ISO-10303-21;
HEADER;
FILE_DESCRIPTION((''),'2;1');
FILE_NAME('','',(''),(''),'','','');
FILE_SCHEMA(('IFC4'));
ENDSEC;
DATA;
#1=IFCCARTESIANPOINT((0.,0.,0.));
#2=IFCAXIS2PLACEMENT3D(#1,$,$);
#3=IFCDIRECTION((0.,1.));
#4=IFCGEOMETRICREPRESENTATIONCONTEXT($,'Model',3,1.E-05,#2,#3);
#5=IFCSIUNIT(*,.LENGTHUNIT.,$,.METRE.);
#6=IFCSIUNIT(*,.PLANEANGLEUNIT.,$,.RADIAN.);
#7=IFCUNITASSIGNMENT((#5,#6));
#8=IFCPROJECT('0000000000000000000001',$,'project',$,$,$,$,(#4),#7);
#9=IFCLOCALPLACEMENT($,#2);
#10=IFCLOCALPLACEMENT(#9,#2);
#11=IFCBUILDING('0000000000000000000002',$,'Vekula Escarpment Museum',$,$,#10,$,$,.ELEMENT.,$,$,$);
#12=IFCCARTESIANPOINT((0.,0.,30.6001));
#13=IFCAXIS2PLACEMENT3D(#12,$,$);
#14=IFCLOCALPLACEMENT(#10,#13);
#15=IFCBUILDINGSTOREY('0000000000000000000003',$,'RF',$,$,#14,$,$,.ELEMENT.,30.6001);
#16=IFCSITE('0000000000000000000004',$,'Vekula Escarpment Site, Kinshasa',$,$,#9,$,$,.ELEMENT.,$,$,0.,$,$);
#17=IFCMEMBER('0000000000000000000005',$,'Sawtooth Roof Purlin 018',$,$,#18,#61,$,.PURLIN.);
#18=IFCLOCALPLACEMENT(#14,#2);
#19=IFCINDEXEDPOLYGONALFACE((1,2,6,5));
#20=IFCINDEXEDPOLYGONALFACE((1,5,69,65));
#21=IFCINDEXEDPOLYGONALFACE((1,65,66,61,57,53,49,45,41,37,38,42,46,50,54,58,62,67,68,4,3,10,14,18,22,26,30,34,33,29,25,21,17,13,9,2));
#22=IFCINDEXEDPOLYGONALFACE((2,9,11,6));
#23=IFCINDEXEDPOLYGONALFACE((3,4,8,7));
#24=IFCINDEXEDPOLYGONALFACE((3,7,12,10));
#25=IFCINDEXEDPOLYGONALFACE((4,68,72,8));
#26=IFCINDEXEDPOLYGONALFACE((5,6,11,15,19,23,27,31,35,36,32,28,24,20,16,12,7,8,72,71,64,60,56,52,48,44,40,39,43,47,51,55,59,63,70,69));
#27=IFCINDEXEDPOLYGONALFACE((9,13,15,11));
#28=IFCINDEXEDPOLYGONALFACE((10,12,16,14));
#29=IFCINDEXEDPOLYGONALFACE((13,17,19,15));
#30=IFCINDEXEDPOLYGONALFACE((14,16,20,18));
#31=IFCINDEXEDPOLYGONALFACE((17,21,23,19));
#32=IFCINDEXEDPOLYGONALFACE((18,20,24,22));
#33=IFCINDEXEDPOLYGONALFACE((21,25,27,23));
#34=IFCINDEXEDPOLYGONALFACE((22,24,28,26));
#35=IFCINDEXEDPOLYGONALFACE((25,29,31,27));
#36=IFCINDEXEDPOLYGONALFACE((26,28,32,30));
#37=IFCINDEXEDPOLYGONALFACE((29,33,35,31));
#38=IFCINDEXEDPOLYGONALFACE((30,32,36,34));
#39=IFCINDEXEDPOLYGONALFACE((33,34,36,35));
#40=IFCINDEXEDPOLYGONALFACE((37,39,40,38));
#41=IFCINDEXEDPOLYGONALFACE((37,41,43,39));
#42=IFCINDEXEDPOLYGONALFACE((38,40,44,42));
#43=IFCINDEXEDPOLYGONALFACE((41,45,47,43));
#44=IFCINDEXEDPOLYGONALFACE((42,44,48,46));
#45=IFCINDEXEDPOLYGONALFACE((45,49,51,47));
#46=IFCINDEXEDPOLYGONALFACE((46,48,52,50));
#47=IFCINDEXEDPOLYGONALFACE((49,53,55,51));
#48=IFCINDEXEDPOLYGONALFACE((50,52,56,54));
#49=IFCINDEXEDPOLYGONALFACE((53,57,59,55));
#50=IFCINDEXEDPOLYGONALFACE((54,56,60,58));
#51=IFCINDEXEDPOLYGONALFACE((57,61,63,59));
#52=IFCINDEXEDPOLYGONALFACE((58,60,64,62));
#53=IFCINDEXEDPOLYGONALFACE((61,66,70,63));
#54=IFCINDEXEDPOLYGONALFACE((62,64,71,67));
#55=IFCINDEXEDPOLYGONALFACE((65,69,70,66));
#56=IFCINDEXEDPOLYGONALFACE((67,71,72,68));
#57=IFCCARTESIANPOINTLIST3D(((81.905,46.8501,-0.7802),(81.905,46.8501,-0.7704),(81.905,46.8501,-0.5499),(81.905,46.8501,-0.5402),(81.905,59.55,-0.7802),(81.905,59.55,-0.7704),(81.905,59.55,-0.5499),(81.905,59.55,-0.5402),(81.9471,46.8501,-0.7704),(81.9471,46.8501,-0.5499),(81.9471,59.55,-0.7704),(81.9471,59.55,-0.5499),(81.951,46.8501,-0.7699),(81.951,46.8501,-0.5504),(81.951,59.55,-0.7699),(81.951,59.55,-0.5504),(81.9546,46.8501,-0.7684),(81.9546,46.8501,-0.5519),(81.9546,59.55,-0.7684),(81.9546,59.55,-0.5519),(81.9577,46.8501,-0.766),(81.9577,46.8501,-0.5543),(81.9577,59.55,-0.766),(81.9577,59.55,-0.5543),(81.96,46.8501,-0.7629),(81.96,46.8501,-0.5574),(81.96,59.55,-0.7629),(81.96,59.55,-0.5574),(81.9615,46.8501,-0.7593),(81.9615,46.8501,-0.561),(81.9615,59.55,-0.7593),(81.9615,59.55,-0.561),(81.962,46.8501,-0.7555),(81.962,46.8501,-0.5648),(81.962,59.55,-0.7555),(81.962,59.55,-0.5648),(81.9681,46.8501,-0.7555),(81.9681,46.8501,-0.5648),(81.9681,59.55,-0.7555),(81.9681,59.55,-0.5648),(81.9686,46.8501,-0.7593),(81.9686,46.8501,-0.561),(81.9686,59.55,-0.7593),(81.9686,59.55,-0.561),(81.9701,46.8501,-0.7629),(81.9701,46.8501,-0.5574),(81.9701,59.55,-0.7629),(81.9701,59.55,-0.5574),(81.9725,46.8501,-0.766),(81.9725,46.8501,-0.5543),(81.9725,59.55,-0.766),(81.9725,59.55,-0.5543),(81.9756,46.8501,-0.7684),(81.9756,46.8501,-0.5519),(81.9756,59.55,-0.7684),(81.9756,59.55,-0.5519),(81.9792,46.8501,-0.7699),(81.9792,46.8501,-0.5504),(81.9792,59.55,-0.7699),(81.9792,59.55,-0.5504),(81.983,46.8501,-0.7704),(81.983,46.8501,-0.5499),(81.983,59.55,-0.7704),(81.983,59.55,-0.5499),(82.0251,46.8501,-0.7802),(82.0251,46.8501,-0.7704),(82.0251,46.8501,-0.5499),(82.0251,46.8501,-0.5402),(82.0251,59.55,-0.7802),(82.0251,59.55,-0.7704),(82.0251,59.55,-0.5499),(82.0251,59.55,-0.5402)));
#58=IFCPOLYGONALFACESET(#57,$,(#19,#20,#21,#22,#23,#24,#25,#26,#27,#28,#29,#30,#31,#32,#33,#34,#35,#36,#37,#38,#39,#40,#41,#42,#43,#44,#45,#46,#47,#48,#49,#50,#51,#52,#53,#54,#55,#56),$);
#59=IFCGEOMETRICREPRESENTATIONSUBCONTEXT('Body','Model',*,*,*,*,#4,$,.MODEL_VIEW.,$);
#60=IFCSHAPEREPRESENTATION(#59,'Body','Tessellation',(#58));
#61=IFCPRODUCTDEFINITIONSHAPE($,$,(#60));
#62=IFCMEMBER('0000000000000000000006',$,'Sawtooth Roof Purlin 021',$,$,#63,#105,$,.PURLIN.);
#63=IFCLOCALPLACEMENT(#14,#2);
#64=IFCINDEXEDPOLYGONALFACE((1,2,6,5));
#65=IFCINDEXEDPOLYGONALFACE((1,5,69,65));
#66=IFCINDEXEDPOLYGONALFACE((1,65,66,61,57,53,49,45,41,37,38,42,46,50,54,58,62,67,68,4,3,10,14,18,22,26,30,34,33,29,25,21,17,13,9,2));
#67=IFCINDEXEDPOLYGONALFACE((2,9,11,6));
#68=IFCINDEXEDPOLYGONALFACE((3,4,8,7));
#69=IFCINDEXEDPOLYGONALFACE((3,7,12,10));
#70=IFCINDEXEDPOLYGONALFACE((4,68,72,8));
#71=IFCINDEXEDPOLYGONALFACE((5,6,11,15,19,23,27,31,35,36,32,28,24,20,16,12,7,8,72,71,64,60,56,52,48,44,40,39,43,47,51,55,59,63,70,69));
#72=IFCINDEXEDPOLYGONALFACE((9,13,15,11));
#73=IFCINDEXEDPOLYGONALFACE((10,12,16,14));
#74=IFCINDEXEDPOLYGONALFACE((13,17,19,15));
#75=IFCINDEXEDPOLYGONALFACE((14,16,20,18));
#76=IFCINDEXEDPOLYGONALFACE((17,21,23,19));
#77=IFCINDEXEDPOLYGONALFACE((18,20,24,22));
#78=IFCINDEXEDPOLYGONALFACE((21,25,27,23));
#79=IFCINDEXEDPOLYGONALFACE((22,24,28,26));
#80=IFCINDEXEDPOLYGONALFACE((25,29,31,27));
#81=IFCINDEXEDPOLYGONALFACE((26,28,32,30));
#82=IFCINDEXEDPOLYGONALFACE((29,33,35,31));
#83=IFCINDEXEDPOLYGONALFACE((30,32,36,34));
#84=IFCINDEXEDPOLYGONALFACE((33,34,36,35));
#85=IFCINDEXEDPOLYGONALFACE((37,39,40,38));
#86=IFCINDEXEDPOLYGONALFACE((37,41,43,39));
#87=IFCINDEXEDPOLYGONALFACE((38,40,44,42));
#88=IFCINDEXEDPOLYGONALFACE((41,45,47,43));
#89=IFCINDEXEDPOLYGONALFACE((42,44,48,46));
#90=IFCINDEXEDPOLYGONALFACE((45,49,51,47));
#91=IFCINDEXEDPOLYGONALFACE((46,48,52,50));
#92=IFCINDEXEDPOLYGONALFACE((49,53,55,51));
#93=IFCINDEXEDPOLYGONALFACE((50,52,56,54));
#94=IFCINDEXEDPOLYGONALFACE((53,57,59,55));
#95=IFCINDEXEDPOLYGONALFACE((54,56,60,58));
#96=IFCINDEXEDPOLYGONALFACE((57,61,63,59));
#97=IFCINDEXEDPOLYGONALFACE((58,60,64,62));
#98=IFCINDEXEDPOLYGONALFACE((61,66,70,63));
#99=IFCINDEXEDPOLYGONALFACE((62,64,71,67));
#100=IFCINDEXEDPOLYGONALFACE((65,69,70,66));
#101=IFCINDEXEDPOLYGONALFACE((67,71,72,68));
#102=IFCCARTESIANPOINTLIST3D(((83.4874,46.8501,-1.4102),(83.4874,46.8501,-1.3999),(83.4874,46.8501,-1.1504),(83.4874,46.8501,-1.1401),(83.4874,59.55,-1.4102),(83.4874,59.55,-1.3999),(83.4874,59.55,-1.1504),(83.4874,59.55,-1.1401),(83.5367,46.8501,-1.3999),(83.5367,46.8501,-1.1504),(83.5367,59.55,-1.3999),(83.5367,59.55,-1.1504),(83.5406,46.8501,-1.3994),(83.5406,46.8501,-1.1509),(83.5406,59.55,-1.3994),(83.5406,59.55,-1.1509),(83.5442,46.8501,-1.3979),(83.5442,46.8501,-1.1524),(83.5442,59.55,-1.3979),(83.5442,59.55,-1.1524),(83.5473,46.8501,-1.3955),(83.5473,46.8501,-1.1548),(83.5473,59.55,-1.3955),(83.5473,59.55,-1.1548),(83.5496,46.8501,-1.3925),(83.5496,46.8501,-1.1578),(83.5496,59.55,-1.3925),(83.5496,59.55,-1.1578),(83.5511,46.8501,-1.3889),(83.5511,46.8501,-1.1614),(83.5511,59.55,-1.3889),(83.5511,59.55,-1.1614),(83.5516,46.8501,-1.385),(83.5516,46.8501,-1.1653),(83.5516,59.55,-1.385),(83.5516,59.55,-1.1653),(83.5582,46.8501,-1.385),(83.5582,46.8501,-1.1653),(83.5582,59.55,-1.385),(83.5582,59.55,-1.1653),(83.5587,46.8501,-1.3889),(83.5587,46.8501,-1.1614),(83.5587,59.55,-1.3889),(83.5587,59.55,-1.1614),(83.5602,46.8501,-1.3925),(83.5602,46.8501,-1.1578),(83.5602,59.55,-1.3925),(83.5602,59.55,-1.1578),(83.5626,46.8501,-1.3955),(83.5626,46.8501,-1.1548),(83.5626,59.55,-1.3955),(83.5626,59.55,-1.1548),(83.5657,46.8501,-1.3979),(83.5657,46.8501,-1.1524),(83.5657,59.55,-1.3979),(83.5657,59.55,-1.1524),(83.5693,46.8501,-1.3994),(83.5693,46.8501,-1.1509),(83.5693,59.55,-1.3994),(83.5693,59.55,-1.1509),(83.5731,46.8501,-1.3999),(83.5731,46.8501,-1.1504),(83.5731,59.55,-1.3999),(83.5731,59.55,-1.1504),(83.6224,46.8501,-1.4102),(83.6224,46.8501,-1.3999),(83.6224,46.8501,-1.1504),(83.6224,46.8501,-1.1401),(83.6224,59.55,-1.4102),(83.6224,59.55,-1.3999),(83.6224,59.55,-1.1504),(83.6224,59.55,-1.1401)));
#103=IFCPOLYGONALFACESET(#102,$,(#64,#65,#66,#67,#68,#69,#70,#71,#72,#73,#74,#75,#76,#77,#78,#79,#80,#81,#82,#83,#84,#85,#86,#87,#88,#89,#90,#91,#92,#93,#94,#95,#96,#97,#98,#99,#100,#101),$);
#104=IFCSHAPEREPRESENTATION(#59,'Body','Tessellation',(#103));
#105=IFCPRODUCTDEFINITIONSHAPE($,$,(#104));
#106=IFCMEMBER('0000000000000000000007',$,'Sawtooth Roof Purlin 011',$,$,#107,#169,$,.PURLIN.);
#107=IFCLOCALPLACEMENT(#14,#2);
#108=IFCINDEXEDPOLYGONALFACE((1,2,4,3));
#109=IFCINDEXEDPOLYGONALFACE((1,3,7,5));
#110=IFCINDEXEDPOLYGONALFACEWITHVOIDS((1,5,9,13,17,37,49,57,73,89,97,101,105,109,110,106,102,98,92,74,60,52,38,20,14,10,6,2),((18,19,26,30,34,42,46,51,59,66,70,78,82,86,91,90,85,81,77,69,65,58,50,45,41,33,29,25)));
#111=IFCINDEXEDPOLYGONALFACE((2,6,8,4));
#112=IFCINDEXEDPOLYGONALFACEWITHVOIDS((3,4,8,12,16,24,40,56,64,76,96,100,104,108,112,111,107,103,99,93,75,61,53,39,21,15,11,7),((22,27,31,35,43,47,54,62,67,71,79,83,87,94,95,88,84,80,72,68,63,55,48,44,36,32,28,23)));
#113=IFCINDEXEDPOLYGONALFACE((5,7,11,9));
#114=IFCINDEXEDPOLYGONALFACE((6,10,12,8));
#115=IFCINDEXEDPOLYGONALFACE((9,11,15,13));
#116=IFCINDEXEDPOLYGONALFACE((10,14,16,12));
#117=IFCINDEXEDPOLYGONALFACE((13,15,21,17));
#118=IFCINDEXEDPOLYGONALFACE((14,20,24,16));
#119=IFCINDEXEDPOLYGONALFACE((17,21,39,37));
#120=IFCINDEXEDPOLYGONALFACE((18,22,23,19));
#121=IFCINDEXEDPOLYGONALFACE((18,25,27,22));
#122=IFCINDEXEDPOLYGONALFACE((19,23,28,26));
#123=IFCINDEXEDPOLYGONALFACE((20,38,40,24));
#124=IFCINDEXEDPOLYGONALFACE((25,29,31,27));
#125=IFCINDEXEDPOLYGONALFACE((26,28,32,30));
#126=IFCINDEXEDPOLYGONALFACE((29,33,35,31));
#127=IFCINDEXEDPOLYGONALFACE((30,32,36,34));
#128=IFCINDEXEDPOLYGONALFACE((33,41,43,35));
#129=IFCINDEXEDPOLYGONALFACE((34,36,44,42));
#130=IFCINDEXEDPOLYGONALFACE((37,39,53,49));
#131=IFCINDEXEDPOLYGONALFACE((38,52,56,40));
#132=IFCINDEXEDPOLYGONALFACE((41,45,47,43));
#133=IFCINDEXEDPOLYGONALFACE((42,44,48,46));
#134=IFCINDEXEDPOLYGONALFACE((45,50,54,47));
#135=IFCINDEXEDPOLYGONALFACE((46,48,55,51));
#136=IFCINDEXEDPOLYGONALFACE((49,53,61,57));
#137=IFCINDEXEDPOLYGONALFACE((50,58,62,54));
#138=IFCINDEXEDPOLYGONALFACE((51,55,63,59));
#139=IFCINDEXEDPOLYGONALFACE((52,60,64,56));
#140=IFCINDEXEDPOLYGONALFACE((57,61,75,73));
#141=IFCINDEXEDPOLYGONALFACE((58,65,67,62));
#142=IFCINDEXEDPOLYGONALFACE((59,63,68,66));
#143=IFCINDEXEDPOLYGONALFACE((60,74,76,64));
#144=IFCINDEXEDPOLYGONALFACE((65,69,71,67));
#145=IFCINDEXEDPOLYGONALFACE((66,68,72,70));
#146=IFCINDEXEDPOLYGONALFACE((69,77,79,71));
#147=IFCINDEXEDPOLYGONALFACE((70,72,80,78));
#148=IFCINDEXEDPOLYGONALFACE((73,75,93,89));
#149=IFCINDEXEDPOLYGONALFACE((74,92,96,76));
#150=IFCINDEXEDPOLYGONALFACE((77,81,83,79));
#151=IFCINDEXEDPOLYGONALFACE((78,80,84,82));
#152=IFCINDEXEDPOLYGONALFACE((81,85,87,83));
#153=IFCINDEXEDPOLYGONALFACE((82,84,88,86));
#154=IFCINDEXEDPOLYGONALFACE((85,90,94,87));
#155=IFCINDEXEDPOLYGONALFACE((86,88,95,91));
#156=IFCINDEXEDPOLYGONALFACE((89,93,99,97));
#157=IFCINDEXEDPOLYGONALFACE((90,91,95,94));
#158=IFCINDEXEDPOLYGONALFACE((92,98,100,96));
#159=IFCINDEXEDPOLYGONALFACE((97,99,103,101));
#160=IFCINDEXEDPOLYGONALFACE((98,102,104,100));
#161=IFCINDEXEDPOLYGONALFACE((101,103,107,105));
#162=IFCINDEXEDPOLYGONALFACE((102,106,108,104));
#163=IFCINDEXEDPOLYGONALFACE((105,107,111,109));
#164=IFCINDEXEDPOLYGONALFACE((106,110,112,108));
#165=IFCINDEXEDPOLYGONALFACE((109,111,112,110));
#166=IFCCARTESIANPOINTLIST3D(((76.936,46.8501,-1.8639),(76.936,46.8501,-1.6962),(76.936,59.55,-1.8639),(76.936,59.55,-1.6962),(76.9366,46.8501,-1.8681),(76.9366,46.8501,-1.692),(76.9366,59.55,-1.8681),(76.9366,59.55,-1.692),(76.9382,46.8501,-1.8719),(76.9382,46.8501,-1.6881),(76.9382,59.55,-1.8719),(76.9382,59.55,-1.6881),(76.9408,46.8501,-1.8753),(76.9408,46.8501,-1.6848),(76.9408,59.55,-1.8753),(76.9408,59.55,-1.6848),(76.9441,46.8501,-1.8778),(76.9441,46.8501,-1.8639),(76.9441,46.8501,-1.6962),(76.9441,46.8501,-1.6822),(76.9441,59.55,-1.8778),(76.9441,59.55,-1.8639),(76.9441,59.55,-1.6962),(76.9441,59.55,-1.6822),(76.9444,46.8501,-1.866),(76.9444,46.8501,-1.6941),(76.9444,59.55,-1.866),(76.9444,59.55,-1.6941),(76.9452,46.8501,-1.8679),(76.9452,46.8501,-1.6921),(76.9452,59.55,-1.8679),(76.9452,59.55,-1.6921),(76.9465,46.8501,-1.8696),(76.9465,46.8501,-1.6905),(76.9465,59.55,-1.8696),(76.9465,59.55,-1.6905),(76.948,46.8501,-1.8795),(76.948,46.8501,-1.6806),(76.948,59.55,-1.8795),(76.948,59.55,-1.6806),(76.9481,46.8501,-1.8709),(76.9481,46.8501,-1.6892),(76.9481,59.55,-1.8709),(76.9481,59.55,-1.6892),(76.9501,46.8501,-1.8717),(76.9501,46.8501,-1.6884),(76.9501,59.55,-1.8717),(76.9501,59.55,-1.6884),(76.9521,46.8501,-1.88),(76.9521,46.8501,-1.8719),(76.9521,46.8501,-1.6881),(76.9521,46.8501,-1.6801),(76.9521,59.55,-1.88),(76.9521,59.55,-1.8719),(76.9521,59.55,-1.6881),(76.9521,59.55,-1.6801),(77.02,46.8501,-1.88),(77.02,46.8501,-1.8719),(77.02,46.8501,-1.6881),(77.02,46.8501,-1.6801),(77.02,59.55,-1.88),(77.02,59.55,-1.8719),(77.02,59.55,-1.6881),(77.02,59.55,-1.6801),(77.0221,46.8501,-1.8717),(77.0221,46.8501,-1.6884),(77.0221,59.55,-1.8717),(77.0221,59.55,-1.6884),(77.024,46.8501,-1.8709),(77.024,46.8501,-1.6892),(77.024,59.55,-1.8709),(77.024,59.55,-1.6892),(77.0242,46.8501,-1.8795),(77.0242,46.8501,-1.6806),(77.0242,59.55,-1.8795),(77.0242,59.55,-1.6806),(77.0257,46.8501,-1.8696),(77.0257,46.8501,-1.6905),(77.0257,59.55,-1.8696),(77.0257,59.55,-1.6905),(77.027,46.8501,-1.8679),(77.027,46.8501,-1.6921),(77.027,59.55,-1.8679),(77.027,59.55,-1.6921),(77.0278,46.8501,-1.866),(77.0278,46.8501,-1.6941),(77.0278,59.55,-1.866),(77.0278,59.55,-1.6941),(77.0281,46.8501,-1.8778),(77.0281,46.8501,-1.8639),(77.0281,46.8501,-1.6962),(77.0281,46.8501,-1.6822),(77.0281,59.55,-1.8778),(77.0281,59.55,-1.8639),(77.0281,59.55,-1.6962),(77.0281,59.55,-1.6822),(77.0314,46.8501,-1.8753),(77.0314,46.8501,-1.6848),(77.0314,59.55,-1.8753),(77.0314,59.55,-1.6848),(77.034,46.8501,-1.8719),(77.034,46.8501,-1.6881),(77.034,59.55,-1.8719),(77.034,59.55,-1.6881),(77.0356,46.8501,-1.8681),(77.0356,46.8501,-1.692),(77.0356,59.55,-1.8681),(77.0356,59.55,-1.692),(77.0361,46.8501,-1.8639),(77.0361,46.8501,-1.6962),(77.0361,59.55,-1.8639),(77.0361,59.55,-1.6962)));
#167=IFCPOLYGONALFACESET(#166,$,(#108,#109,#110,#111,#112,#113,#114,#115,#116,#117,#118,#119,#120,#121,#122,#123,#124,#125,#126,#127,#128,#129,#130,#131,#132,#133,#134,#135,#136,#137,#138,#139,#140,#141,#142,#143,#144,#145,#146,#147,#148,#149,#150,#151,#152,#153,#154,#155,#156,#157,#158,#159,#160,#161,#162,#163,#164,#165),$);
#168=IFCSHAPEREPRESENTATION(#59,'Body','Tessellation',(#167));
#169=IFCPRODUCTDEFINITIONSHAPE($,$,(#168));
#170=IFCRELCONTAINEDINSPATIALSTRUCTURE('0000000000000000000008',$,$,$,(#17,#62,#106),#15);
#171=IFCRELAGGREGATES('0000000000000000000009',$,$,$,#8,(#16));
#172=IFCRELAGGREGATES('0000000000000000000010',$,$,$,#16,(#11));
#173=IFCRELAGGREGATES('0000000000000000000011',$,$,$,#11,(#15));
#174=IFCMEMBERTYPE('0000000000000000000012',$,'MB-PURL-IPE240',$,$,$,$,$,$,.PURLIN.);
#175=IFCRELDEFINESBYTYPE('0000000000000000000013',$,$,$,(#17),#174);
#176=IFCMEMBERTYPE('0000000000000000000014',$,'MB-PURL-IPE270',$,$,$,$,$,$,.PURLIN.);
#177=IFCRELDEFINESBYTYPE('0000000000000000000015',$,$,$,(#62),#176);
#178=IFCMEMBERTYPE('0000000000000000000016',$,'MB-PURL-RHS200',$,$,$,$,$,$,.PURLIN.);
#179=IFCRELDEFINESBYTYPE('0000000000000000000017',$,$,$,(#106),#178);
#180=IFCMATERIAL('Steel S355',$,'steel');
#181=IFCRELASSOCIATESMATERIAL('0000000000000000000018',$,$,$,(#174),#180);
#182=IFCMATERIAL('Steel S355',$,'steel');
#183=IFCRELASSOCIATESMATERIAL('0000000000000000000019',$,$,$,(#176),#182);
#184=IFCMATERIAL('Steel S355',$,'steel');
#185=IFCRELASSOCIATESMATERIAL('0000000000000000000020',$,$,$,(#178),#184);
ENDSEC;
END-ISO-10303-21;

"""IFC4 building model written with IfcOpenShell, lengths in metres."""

from ifc_helpers import new_model, si_unit, direction, frame, origin, origin_2d, place, context, subcontext, project, spatial, hollow_rectangle, i_section, extrude, material, material_profile, profile_set, type_object, element, save


model = new_model("IFC4")

# Units and contexts
model_context = context("Model", 3, precision=1e-05, world=origin(), true_north=direction((0.0, 1.0)))
body_context = subcontext(model_context, "Body", "Model", "MODEL_VIEW")
ifc_project = project(units=[si_unit("LENGTHUNIT", "METRE"), si_unit("PLANEANGLEUNIT", "RADIAN")], contexts=[model_context])

# Site, building, storey
site_placement = place(None, origin())
site = spatial("IfcSite", under=ifc_project, at=site_placement, Name="Vekula Escarpment Site, Kinshasa", CompositionType="ELEMENT", RefElevation=0.0)
building_placement = place(site_placement, origin())
building = spatial("IfcBuilding", under=site, at=building_placement, Name="Vekula Escarpment Museum", CompositionType="ELEMENT")
storey_placement = place(building_placement, frame((0.0, 0.0, 30.6001)))
storey = spatial("IfcBuildingStorey", under=building, at=storey_placement, Name="RF", CompositionType="ELEMENT", Elevation=30.6001)

# Members
ifc_material_1 = material(Name="Steel S355", Category="steel")
ifc_material_profile_1 = material_profile(ifc_material_1, i_section(OverallWidth=0.1201, OverallDepth=0.24, WebThickness=0.0061, FlangeThickness=0.0098, FilletRadius=0.0149, at=origin_2d()), Name="IPE 240")
ifc_profile_set_1 = profile_set([ifc_material_profile_1], Name="Steel S355")
member_type_1 = type_object("IfcMemberType", Name="MB-PURL-IPE240", PredefinedType="PURLIN", material=ifc_profile_set_1)
member_1_placement = place(storey_placement, frame((81.9651, 46.8501, -0.6602), z_axis=(0.0, 1.0, 0.0), x_axis=(-1.0, 0.0, 0.0)))
element("IfcMember", 1, at=member_1_placement, inside=storey, type_object=member_type_1, Name="Sawtooth Roof Purlin 018", PredefinedType="PURLIN", context=body_context, shape_type="SweptSolid", body=[
    extrude(i_section(OverallWidth=0.1201, OverallDepth=0.24, WebThickness=0.0061, FlangeThickness=0.0098, FilletRadius=0.0149, at=origin_2d()), origin(), (0.0, 0.0, 1.0), 12.7),
])
ifc_material_2 = material(Name="Steel S355", Category="steel")
ifc_material_profile_2 = material_profile(ifc_material_2, i_section(OverallWidth=0.135, OverallDepth=0.27, WebThickness=0.0066, FlangeThickness=0.0103, FilletRadius=0.0149, at=origin_2d()), Name="IPE 270")
ifc_profile_set_2 = profile_set([ifc_material_profile_2], Name="Steel S355")
member_type_2 = type_object("IfcMemberType", Name="MB-PURL-IPE270", PredefinedType="PURLIN", material=ifc_profile_set_2)
member_2_placement = place(storey_placement, frame((83.5549, 46.8501, -1.2751), z_axis=(0.0, 1.0, 0.0), x_axis=(-1.0, 0.0, 0.0)))
element("IfcMember", 2, at=member_2_placement, inside=storey, type_object=member_type_2, Name="Sawtooth Roof Purlin 021", PredefinedType="PURLIN", context=body_context, shape_type="SweptSolid", body=[
    extrude(i_section(OverallWidth=0.135, OverallDepth=0.27, WebThickness=0.0066, FlangeThickness=0.0103, FilletRadius=0.0149, at=origin_2d()), origin(), (0.0, 0.0, 1.0), 12.7),
])
ifc_material_3 = material(Name="Steel S355", Category="steel")
ifc_material_profile_3 = material_profile(ifc_material_3, hollow_rectangle(XDim=0.1001, YDim=0.2, WallThickness=0.0081, InnerFilletRadius=0.0081, OuterFilletRadius=0.0161, at=origin_2d()), Name="RHS 200x100x8")
ifc_profile_set_3 = profile_set([ifc_material_profile_3], Name="Steel S355")
member_type_3 = type_object("IfcMemberType", Name="MB-PURL-RHS200", PredefinedType="PURLIN", material=ifc_profile_set_3)
for number, where, z_axis, x_axis, name in (
    (3, (76.9861, 46.8501, -1.78), (0.0, 1.0, 0.0), (-1.0, 0.0, 0.0), "Sawtooth Roof Purlin 011"),
):
    element("IfcMember", number, at=place(storey_placement, frame(where, z_axis=z_axis, x_axis=x_axis)), inside=storey, type_object=member_type_3, Name=name, PredefinedType="PURLIN", context=body_context, shape_type="SweptSolid", body=[
        extrude(hollow_rectangle(XDim=0.1001, YDim=0.2, WallThickness=0.0081, InnerFilletRadius=0.0081, OuterFilletRadius=0.0161, at=origin_2d()), origin(), (0.0, 0.0, 1.0), 12.7),
    ])

save(model, "model.ifc")
